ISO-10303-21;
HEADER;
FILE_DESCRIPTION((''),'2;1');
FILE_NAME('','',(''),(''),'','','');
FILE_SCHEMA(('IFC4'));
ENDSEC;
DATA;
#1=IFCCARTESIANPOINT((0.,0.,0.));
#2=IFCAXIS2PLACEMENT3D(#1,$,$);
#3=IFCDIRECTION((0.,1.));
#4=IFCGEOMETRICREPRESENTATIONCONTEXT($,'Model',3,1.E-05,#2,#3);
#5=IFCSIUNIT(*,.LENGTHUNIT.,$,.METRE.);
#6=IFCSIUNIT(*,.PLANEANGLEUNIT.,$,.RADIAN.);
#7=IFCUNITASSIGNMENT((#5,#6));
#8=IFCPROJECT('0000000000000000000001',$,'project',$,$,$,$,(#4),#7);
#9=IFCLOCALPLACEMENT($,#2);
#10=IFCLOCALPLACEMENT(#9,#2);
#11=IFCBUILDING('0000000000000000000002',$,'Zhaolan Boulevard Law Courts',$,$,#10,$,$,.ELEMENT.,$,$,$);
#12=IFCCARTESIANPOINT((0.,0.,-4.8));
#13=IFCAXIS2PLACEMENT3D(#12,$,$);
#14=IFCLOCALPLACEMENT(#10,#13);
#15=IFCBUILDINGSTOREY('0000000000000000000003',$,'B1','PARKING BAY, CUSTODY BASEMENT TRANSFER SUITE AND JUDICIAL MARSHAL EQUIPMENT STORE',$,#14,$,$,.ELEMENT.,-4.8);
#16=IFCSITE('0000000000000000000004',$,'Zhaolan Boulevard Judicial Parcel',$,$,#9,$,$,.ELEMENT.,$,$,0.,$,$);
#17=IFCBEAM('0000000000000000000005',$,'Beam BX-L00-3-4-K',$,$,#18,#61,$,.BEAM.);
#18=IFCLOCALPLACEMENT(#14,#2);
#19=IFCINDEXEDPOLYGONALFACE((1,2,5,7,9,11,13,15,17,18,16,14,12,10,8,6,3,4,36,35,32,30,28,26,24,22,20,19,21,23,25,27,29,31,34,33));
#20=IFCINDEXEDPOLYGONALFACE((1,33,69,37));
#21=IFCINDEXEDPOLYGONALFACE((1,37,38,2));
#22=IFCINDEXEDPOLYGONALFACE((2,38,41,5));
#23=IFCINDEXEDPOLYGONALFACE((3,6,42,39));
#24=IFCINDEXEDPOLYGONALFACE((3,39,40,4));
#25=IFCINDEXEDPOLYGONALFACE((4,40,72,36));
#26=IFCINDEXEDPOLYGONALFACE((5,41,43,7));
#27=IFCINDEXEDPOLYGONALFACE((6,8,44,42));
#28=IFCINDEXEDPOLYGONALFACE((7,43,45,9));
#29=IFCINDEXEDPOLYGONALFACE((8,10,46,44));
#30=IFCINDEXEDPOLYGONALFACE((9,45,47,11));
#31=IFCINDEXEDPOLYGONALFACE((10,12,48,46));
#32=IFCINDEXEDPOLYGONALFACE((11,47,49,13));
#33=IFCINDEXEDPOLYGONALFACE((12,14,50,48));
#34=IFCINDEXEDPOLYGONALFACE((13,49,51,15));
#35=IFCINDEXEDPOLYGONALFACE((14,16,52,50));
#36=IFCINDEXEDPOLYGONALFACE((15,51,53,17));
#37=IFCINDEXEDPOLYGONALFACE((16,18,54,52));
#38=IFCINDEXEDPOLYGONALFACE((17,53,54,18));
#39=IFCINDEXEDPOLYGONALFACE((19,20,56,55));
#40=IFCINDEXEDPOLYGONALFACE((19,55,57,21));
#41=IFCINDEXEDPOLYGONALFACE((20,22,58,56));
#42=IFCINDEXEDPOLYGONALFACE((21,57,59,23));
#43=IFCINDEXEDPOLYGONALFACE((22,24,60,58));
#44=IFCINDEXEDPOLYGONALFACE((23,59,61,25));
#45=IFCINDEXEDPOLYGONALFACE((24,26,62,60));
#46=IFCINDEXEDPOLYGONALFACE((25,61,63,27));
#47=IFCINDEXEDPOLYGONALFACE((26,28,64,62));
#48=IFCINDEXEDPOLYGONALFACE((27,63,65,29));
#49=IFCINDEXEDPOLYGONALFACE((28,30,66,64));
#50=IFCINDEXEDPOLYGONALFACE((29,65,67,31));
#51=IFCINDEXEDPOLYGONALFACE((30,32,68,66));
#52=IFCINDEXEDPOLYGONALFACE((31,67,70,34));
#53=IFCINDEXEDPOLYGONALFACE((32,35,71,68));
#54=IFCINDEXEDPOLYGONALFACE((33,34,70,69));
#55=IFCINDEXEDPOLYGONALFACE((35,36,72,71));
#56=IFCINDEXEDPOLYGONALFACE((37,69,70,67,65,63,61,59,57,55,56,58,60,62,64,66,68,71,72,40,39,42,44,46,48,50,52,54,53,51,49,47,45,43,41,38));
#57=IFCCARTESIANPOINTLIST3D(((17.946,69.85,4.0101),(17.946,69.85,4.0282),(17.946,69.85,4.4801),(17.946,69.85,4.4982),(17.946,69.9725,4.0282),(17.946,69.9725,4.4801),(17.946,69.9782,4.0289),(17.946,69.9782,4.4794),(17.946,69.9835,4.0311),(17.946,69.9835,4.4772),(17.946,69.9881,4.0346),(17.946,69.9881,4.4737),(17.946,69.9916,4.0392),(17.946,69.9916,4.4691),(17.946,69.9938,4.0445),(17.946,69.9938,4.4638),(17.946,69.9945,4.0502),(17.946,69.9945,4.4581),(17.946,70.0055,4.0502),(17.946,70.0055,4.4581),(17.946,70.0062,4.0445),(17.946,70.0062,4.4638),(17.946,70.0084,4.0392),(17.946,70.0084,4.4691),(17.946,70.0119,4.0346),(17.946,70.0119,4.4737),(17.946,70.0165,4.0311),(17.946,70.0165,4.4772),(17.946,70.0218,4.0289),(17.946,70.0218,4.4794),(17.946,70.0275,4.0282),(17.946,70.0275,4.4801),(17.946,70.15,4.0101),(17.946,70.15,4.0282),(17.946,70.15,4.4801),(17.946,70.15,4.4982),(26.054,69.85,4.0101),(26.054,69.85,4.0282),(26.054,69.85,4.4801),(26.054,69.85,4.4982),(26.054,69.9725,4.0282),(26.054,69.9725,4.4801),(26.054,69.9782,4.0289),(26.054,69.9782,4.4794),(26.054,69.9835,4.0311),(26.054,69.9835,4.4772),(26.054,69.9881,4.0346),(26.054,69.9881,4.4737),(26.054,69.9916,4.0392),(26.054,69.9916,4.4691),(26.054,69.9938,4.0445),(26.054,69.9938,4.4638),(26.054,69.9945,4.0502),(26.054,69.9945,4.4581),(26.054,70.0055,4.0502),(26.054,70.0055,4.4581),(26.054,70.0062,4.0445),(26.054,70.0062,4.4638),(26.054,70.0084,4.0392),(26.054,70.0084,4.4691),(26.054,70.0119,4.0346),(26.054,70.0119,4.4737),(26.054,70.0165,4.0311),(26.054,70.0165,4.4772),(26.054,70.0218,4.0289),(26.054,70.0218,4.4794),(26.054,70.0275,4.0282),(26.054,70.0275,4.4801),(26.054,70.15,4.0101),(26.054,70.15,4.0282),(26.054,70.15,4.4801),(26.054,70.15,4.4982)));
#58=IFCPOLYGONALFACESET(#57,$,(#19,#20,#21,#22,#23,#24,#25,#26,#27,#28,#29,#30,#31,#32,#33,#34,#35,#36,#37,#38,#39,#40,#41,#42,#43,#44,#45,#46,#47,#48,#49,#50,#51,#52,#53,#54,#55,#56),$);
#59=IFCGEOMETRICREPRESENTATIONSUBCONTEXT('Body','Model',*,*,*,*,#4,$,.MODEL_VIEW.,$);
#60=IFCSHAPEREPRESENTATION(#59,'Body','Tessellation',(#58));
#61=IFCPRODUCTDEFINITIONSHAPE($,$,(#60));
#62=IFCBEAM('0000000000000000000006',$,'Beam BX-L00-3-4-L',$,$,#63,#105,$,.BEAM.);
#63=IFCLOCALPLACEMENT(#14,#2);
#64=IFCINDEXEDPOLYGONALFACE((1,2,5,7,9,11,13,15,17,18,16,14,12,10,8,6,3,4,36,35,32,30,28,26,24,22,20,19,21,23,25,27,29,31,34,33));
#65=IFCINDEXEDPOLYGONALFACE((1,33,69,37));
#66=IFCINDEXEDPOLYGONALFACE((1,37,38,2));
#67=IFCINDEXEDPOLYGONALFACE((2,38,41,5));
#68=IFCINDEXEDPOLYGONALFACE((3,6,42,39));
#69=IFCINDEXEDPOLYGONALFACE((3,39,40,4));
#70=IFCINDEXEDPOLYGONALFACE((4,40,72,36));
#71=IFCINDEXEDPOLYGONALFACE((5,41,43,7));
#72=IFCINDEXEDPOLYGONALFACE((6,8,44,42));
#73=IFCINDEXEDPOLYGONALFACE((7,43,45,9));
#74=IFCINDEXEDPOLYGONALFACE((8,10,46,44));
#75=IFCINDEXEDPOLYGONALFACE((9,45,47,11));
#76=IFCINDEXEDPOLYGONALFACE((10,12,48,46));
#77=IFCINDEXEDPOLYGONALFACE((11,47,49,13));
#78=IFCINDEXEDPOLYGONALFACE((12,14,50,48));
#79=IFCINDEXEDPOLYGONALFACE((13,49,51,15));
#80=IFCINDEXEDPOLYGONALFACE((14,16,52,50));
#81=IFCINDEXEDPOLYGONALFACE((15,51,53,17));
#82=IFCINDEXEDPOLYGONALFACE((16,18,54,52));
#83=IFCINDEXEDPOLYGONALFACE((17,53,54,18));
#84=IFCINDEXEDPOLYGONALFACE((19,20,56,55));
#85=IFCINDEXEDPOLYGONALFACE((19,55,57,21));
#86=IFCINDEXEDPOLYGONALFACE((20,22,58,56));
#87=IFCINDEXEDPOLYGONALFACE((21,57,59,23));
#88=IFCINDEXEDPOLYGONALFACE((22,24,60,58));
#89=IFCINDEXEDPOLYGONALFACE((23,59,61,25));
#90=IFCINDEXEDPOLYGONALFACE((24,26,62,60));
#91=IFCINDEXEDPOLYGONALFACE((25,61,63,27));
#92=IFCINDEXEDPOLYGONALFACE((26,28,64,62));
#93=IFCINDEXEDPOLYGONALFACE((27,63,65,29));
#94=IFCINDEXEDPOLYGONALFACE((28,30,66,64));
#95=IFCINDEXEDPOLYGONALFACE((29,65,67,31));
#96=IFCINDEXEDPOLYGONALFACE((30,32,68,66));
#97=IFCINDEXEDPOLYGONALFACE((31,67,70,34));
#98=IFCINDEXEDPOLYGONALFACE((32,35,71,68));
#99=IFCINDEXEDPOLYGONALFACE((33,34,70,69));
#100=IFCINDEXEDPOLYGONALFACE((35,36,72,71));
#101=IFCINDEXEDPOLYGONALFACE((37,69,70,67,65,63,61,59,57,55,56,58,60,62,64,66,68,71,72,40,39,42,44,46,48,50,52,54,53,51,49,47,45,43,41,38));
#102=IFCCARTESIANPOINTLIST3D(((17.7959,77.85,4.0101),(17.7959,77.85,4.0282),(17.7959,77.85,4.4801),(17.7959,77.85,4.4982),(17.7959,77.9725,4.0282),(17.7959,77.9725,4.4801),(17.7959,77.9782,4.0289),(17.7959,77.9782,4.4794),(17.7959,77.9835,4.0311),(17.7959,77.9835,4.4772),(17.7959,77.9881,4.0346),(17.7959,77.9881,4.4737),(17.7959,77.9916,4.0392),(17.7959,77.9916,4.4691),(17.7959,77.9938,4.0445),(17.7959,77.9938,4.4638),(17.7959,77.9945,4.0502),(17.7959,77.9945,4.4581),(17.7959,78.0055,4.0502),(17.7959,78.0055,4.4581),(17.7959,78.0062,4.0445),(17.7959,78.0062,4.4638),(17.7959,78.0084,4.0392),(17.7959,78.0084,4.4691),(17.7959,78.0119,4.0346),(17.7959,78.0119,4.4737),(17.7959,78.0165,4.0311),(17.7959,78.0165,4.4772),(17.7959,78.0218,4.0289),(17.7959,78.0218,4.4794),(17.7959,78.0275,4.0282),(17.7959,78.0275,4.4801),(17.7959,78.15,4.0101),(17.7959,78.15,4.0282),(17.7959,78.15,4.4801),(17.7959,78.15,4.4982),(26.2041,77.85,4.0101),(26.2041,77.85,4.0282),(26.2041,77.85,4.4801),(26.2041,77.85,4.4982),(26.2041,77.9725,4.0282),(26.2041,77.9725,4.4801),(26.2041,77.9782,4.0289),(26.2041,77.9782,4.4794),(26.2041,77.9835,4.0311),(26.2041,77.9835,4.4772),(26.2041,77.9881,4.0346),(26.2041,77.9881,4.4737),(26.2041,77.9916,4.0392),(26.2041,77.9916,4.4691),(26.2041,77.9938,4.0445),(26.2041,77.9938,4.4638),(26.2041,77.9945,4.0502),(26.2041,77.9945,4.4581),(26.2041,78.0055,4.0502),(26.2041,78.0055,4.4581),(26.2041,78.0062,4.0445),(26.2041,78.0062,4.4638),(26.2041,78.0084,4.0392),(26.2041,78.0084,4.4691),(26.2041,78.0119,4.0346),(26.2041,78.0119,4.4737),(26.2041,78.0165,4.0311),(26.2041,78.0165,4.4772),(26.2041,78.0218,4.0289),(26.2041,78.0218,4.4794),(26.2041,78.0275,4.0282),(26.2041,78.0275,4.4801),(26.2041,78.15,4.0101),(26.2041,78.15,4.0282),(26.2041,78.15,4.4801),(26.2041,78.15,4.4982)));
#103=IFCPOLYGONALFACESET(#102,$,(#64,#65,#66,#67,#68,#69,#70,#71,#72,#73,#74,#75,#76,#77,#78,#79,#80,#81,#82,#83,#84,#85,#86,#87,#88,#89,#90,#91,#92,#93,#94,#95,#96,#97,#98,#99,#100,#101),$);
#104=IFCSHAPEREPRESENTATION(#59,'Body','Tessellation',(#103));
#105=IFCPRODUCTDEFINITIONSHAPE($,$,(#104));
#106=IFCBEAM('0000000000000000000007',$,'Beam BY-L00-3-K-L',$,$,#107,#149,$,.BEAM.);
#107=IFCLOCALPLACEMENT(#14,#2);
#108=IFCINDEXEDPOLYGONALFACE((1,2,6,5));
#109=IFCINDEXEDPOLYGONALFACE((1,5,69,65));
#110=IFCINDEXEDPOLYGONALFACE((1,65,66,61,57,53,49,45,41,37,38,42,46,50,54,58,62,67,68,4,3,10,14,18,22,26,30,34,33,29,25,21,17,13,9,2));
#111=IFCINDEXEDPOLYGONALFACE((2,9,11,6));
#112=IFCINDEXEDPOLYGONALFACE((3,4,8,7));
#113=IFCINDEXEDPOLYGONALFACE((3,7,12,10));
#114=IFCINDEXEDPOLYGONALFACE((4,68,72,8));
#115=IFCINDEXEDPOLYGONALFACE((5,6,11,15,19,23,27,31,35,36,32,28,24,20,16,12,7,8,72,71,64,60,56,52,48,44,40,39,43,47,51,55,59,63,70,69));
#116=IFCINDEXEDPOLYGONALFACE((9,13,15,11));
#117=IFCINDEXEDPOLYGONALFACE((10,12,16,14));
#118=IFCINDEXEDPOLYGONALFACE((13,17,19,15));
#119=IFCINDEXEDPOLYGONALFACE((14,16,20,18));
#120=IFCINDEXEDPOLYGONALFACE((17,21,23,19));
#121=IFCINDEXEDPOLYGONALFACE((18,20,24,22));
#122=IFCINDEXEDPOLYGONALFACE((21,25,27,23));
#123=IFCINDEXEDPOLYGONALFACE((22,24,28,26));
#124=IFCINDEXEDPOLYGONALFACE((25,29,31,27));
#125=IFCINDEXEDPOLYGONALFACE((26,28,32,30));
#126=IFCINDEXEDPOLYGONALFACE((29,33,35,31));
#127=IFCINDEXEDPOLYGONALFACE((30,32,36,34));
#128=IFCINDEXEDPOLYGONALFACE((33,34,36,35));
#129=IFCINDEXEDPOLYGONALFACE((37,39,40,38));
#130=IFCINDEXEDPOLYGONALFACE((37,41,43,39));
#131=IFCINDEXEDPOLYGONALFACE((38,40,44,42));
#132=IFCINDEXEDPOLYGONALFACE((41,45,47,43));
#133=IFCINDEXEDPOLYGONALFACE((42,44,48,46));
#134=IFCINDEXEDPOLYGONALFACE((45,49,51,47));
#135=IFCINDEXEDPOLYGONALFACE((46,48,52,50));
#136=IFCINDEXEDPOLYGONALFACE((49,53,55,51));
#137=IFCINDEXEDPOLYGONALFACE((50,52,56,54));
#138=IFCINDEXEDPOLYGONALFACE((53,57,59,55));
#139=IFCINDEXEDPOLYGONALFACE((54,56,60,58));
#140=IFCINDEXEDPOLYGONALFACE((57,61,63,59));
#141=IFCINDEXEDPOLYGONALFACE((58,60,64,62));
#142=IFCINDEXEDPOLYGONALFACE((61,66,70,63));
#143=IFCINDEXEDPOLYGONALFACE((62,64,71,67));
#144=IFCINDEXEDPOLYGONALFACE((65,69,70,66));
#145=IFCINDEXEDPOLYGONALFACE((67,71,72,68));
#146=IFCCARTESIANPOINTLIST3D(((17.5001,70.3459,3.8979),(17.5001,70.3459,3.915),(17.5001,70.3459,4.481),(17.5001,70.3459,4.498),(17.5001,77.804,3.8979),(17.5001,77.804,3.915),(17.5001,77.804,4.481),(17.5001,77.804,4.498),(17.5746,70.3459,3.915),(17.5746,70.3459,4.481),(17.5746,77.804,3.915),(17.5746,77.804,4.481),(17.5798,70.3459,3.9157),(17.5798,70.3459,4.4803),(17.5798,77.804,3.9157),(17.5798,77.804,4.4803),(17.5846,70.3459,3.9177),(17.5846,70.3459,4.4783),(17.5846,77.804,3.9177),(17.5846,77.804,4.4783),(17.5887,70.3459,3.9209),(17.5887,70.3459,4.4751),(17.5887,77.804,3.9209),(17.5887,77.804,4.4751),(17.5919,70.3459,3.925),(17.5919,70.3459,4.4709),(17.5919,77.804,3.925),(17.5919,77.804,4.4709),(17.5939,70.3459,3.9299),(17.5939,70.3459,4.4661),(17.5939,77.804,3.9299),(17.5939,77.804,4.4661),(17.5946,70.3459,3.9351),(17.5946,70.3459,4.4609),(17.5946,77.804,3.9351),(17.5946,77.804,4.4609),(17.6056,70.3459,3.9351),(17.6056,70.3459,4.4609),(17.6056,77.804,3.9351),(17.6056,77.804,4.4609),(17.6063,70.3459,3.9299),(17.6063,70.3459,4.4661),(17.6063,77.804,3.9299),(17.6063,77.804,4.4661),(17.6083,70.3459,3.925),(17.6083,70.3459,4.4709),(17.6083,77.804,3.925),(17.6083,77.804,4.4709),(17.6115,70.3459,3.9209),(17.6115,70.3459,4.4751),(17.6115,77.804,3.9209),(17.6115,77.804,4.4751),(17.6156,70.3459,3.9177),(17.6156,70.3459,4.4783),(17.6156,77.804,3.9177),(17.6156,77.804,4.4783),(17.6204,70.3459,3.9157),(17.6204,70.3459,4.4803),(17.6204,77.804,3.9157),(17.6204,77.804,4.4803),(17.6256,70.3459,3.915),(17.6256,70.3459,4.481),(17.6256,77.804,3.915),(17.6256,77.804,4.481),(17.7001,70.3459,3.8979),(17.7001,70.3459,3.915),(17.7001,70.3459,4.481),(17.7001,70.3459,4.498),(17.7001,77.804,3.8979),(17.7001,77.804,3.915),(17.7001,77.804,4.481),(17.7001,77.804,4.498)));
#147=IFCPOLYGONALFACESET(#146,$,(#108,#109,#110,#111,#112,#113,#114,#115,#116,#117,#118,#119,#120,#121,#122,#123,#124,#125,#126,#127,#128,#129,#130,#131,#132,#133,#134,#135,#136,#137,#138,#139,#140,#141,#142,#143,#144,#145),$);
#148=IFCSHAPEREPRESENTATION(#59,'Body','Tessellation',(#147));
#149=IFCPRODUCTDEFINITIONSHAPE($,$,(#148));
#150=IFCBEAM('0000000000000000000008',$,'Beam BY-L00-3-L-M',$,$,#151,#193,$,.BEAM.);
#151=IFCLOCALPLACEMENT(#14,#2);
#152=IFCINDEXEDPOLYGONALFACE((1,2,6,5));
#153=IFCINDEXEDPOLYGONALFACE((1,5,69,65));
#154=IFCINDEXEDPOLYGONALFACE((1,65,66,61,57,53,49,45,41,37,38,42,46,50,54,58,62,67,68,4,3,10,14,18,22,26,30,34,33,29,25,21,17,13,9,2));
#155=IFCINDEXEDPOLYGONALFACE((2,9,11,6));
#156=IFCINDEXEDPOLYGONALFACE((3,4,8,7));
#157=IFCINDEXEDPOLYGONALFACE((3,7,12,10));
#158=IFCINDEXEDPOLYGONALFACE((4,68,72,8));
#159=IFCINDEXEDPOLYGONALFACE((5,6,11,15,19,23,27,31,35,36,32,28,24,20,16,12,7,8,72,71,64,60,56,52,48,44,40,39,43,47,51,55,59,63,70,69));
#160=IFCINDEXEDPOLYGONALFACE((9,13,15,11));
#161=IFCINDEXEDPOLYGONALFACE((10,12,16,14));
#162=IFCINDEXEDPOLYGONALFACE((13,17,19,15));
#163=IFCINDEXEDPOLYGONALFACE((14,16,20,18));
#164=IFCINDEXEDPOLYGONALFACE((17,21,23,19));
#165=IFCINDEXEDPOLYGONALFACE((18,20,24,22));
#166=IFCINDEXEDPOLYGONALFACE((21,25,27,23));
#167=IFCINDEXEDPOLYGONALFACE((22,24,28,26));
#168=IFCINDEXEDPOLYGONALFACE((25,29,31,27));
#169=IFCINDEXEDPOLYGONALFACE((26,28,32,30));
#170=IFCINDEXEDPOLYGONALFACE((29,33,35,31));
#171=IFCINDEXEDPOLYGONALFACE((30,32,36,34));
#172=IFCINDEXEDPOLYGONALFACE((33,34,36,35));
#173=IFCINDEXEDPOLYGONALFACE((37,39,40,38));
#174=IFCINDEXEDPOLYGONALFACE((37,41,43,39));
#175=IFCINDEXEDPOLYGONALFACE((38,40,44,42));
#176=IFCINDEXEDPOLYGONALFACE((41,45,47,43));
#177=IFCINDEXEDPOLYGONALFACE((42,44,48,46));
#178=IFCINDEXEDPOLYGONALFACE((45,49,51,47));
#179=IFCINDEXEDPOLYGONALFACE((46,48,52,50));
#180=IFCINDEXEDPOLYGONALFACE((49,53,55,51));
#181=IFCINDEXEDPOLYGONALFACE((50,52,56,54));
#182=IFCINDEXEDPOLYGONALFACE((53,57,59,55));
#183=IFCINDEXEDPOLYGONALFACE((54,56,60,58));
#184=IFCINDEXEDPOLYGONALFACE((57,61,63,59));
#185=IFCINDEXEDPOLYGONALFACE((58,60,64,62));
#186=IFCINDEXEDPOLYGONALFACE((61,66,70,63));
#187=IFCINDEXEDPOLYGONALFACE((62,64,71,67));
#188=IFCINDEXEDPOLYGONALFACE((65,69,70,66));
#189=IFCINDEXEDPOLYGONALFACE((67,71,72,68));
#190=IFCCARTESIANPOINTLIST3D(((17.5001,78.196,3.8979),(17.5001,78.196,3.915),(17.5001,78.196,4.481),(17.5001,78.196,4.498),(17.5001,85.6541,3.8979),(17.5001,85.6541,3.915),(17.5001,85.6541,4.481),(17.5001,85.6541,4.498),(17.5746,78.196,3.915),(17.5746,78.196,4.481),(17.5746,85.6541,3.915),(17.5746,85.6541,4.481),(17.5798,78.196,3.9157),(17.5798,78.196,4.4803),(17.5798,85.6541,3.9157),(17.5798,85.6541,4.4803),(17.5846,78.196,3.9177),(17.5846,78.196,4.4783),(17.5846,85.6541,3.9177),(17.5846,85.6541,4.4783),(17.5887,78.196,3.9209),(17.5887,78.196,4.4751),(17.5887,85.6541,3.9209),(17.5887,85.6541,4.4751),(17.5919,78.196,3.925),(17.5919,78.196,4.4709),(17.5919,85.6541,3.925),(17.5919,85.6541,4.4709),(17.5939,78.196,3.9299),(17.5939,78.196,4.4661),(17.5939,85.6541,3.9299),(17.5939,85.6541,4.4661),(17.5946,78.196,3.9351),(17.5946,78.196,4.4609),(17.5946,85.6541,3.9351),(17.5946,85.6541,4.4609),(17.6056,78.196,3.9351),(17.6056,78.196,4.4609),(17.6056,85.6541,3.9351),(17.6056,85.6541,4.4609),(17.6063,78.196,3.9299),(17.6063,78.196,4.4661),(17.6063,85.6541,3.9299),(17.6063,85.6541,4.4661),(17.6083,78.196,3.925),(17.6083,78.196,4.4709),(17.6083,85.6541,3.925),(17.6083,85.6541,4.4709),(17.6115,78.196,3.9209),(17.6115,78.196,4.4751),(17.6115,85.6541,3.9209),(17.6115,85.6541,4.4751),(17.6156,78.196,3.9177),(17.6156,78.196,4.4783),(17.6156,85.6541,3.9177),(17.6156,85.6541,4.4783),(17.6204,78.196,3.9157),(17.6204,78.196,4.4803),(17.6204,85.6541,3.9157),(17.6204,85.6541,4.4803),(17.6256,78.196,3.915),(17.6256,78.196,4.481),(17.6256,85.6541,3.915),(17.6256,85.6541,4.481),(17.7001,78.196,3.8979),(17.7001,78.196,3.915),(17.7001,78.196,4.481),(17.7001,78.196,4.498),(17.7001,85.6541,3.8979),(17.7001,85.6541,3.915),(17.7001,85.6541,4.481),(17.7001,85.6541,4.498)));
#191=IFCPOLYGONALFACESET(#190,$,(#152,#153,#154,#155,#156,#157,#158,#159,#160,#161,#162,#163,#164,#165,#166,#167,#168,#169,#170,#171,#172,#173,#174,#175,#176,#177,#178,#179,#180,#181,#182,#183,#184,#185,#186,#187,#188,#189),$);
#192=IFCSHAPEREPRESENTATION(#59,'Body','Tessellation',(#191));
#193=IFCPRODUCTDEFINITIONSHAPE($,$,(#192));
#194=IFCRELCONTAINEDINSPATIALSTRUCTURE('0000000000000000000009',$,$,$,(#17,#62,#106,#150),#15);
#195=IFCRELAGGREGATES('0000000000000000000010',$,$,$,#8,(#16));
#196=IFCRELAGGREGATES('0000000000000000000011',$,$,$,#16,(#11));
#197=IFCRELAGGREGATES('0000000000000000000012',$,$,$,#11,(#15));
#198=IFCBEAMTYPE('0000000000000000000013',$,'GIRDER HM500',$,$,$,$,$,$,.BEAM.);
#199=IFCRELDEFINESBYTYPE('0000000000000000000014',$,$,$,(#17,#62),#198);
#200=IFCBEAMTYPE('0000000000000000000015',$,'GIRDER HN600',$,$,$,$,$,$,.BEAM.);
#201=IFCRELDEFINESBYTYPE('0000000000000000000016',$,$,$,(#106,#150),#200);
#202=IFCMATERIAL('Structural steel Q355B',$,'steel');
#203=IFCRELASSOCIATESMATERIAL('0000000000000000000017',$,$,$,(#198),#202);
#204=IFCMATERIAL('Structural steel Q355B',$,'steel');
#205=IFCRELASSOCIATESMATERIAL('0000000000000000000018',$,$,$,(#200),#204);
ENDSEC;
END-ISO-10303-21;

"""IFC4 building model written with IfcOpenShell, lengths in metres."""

from ifc_helpers import new_model, si_unit, direction, frame, origin, origin_2d, place, context, subcontext, project, spatial, i_section, extrude, material, material_profile, profile_set, type_object, element, save


model = new_model("IFC4")

# Units and contexts
model_context = context("Model", 3, precision=1e-05, world=origin(), true_north=direction((0.0, 1.0)))
body_context = subcontext(model_context, "Body", "Model", "MODEL_VIEW")
ifc_project = project(units=[si_unit("LENGTHUNIT", "METRE"), si_unit("PLANEANGLEUNIT", "RADIAN")], contexts=[model_context])

# Site, building, storey
site_placement = place(None, origin())
site = spatial("IfcSite", under=ifc_project, at=site_placement, Name="Zhaolan Boulevard Judicial Parcel", CompositionType="ELEMENT", RefElevation=0.0)
building_placement = place(site_placement, origin())
building = spatial("IfcBuilding", under=site, at=building_placement, Name="Zhaolan Boulevard Law Courts", CompositionType="ELEMENT")
storey_placement = place(building_placement, frame((0.0, 0.0, -4.8)))
storey = spatial("IfcBuildingStorey", under=building, at=storey_placement, Name="B1", Description="PARKING BAY, CUSTODY BASEMENT TRANSFER SUITE AND JUDICIAL MARSHAL EQUIPMENT STORE", CompositionType="ELEMENT", Elevation=-4.8)

# Beams
ifc_material_1 = material(Name="Structural steel Q355B", Category="steel")
ifc_material_profile_1 = material_profile(ifc_material_1, i_section(OverallWidth=0.3, OverallDepth=0.488, WebThickness=0.011, FlangeThickness=0.0181, FilletRadius=0.022, at=origin_2d()), Name="HM488x300")
ifc_profile_set_1 = profile_set([ifc_material_profile_1], Name="Structural steel Q355B")
beam_type_1 = type_object("IfcBeamType", Name="GIRDER HM500", PredefinedType="BEAM", material=ifc_profile_set_1)
beam_1_placement = place(storey_placement, frame((17.946, 70.0, 4.2542), z_axis=(1.0, 0.0, 0.0), x_axis=(0.0, 1.0, 0.0)))
element("IfcBeam", 1, at=beam_1_placement, inside=storey, type_object=beam_type_1, Name="Beam BX-L00-3-4-K", PredefinedType="BEAM", context=body_context, shape_type="SweptSolid", body=[
    extrude(i_section(OverallWidth=0.3, OverallDepth=0.488, WebThickness=0.011, FlangeThickness=0.0181, FilletRadius=0.022, at=origin_2d()), origin(), (0.0, 0.0, 1.0), 8.1079),
])
beam_2_placement = place(storey_placement, frame((17.7959, 78.0, 4.2542), z_axis=(1.0, 0.0, 0.0), x_axis=(0.0, 1.0, 0.0)))
element("IfcBeam", 2, at=beam_2_placement, inside=storey, type_object=beam_type_1, Name="Beam BX-L00-3-4-L", PredefinedType="BEAM", context=body_context, shape_type="SweptSolid", body=[
    extrude(i_section(OverallWidth=0.3, OverallDepth=0.488, WebThickness=0.011, FlangeThickness=0.0181, FilletRadius=0.022, at=origin_2d()), origin(), (0.0, 0.0, 1.0), 8.4082),
])
ifc_material_2 = material(Name="Structural steel Q355B", Category="steel")
ifc_material_profile_2 = material_profile(ifc_material_2, i_section(OverallWidth=0.2, OverallDepth=0.6001, WebThickness=0.011, FlangeThickness=0.0171, FilletRadius=0.02, at=origin_2d()), Name="HN600x200")
ifc_profile_set_2 = profile_set([ifc_material_profile_2], Name="Structural steel Q355B")
beam_type_2 = type_object("IfcBeamType", Name="GIRDER HN600", PredefinedType="BEAM", material=ifc_profile_set_2)
for number, where, z_axis, x_axis, name in (
    (3, (17.6001, 70.3459, 4.198), (0.0, 1.0, 0.0), (-1.0, 0.0, 0.0), "Beam BY-L00-3-K-L"),
    (4, (17.6001, 78.196, 4.198), (0.0, 1.0, 0.0), (-1.0, 0.0, 0.0), "Beam BY-L00-3-L-M"),
):
    element("IfcBeam", number, at=place(storey_placement, frame(where, z_axis=z_axis, x_axis=x_axis)), inside=storey, type_object=beam_type_2, Name=name, PredefinedType="BEAM", context=body_context, shape_type="SweptSolid", body=[
        extrude(i_section(OverallWidth=0.2, OverallDepth=0.6001, WebThickness=0.011, FlangeThickness=0.0171, FilletRadius=0.02, at=origin_2d()), origin(), (0.0, 0.0, 1.0), 7.458),
    ])

save(model, "model.ifc")
